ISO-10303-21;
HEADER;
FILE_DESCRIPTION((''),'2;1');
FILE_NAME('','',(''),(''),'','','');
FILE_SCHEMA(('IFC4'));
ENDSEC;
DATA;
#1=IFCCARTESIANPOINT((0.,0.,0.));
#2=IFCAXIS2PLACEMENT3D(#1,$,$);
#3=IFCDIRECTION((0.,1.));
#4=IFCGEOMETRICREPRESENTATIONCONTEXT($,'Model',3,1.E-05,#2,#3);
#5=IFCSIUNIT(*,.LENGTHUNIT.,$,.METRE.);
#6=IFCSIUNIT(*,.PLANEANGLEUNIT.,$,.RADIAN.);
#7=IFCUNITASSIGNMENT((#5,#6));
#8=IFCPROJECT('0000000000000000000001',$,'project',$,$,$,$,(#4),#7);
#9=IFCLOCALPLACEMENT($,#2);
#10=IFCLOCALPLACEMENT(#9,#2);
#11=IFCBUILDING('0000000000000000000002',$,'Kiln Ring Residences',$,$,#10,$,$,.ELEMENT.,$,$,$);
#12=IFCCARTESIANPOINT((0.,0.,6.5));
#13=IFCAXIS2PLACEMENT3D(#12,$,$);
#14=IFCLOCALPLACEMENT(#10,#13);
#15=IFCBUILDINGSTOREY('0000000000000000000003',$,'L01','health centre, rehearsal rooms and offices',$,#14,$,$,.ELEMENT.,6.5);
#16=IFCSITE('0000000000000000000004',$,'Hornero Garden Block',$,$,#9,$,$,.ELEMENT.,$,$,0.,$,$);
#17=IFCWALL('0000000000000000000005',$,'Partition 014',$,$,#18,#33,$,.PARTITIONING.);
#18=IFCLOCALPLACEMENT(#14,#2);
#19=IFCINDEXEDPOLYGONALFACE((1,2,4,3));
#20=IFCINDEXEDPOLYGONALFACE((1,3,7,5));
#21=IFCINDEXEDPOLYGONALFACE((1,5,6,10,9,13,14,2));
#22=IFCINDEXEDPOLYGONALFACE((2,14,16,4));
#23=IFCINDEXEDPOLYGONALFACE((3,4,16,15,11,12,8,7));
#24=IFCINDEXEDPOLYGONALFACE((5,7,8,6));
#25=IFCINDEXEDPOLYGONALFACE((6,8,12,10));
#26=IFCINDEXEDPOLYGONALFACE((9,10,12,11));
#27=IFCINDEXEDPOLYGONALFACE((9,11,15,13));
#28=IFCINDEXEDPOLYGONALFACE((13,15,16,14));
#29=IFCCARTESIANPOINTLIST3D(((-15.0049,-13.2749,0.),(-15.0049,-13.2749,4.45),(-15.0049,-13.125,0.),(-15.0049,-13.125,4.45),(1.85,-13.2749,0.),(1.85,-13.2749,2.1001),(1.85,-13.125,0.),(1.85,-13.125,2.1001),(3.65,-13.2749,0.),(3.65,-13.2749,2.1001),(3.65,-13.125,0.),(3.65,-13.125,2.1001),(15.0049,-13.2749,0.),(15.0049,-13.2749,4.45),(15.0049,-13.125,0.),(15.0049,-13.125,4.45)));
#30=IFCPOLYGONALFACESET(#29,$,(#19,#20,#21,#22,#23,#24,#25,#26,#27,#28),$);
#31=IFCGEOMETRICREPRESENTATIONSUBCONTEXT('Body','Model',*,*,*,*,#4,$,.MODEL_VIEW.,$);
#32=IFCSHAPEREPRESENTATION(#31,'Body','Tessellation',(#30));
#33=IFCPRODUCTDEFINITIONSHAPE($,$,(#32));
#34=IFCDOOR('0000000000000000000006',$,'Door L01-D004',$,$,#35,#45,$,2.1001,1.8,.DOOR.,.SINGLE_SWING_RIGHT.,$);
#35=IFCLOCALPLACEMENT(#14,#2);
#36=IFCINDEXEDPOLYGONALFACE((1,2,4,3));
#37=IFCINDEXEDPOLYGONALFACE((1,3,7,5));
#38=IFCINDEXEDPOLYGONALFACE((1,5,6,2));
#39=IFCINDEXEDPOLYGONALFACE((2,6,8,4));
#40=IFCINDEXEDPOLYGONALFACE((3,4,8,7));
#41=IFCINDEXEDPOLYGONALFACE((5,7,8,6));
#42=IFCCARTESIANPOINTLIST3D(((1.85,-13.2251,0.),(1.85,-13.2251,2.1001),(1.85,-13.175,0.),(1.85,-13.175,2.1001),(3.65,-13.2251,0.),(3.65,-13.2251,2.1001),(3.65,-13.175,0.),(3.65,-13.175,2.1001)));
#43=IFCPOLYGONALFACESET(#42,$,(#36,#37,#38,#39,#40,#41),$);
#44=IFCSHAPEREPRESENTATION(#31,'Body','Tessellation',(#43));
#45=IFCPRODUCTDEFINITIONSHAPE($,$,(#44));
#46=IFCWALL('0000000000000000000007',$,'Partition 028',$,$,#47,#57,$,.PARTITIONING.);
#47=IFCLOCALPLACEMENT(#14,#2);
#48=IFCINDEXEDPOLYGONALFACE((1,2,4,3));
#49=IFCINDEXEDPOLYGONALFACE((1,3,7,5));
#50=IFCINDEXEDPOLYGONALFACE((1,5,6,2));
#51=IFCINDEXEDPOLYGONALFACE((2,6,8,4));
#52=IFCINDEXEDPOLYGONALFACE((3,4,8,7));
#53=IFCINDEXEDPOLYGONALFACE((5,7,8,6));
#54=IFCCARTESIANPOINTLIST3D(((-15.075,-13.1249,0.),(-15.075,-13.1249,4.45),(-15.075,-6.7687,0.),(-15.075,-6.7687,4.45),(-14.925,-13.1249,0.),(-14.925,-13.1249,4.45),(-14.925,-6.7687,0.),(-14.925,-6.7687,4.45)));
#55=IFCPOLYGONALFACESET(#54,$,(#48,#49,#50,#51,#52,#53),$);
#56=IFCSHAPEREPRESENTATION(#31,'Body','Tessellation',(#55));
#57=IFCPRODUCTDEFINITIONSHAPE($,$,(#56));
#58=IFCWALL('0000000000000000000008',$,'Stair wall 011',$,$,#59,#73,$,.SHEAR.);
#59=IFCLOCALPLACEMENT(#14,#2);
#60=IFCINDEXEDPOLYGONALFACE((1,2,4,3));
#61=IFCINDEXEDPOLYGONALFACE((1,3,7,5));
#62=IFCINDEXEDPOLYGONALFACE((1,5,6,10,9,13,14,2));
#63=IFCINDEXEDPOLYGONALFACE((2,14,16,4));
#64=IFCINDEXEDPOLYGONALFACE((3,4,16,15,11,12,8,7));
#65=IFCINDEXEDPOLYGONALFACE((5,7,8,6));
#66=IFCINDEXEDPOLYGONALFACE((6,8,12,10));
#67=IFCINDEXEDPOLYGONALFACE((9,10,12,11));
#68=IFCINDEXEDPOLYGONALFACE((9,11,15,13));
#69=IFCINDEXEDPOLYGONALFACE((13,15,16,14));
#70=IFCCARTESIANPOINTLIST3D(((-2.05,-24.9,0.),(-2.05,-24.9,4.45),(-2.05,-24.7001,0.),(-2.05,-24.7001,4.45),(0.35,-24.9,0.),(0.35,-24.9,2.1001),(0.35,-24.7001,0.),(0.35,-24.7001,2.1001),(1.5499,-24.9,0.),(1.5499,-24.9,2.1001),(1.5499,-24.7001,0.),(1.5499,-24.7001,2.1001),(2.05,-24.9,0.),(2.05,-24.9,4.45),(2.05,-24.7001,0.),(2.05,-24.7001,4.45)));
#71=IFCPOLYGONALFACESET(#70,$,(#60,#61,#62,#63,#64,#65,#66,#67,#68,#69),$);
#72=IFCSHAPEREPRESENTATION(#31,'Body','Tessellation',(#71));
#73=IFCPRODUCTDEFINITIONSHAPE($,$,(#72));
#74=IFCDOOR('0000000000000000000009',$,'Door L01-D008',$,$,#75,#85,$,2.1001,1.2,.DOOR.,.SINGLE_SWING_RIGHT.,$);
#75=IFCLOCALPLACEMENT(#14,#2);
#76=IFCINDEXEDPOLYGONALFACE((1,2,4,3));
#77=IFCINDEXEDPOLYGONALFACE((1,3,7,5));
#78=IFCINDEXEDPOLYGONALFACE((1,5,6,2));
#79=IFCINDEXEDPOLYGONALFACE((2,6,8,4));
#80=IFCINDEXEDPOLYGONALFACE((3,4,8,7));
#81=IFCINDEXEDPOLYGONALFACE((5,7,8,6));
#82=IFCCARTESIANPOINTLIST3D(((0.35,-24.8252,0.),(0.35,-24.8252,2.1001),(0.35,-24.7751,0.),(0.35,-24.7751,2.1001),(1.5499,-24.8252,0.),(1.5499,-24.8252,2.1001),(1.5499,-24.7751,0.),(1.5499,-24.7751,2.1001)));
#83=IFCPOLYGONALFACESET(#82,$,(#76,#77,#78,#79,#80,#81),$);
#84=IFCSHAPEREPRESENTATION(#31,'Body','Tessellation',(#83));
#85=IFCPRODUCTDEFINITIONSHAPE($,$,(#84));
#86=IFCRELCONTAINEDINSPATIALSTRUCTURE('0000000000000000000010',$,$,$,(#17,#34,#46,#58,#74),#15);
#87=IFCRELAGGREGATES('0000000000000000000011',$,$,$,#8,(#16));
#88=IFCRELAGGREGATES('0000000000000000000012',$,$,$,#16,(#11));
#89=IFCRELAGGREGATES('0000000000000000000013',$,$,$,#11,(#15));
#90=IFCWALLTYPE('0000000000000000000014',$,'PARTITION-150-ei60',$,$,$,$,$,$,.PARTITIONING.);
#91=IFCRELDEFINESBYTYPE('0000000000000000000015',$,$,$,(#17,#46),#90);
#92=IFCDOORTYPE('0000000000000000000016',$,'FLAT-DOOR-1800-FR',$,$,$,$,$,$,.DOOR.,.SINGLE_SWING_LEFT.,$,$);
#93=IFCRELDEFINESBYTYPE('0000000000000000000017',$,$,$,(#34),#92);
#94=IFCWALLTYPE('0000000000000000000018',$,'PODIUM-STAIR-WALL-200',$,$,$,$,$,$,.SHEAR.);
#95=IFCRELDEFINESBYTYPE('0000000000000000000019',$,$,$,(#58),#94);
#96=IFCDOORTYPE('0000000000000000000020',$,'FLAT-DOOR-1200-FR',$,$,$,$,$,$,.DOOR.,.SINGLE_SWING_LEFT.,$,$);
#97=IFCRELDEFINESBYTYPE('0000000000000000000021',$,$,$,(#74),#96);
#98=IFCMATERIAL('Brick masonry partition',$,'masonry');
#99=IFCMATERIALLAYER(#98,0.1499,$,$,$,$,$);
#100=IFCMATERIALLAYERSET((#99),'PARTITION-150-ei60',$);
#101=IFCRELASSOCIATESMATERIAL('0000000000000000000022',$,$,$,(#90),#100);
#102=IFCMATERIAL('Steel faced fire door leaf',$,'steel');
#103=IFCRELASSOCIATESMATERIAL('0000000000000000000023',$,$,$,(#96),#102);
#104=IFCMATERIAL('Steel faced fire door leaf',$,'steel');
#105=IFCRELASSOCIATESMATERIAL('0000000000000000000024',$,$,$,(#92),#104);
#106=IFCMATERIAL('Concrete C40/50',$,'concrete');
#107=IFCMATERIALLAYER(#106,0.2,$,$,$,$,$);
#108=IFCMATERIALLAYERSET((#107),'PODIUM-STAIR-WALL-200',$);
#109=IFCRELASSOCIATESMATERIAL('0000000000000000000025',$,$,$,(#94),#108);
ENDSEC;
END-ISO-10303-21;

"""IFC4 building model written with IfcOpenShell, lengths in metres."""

from ifc_helpers import new_model, si_unit, direction, frame, frame_2d, origin, place, context, subcontext, project, spatial, rectangle, extrude, material, layer, layer_set, type_object, element, fill, save


model = new_model("IFC4")

# Units and contexts
model_context = context("Model", 3, precision=1e-05, world=origin(), true_north=direction((0.0, 1.0)))
body_context = subcontext(model_context, "Body", "Model", "MODEL_VIEW")
ifc_project = project(units=[si_unit("LENGTHUNIT", "METRE"), si_unit("PLANEANGLEUNIT", "RADIAN")], contexts=[model_context])

# Site, building, storey
site_placement = place(None, origin())
site = spatial("IfcSite", under=ifc_project, at=site_placement, Name="Hornero Garden Block", CompositionType="ELEMENT", RefElevation=0.0)
building_placement = place(site_placement, origin())
building = spatial("IfcBuilding", under=site, at=building_placement, Name="Kiln Ring Residences", CompositionType="ELEMENT")
storey_placement = place(building_placement, frame((0.0, 0.0, 6.5)))
storey = spatial("IfcBuildingStorey", under=building, at=storey_placement, Name="L01", Description="health centre, rehearsal rooms and offices", CompositionType="ELEMENT", Elevation=6.5)

# Shared definitions
ifc_material_1 = material(Name="Brick masonry partition", Category="masonry")
ifc_layer_1 = layer(ifc_material_1, 0.1499)
ifc_layer_set_1 = layer_set([ifc_layer_1], Name="PARTITION-150-ei60")
wall_type_1 = type_object("IfcWallType", Name="PARTITION-150-ei60", PredefinedType="PARTITIONING", material=ifc_layer_set_1)
ifc_material_2 = material(Name="Steel faced fire door leaf", Category="steel")
door_type_1 = type_object("IfcDoorType", Name="FLAT-DOOR-1200-FR", OperationType="SINGLE_SWING_LEFT", PredefinedType="DOOR", material=ifc_material_2)

# Wall, opening, door
wall_1_placement = place(storey_placement, frame((-15.0049, -13.2, 0.0), z_axis=(0.0, 0.0, 1.0), x_axis=(1.0, 0.0, 0.0)))
wall_1 = element("IfcWall", 1, at=wall_1_placement, inside=storey, type_object=wall_type_1, Name="Partition 014", PredefinedType="PARTITIONING", context=body_context, shape_type="SweptSolid", body=[
    extrude(rectangle(XDim=30.0098, YDim=0.1499, at=frame_2d((15.0049, 0.0))), origin(), (0.0, 0.0, 1.0), 4.45),
])
opening_1_placement = place(wall_1_placement, frame((16.855, 0.0, 0.0)))
opening_1 = element("IfcOpeningElement", 2, at=opening_1_placement, cuts=wall_1, PredefinedType="OPENING", context=body_context, shape_type="SweptSolid", body=[
    extrude(rectangle(XDim=1.8, YDim=2.1001, at=frame_2d((0.8999, 1.05))), frame((0.0, 0.085, 0.0), z_axis=(0.0, -1.0, 0.0), x_axis=(1.0, 0.0, 0.0)), (0.0, 0.0, 1.0), 0.1699),
])
ifc_material_3 = material(Name="Steel faced fire door leaf", Category="steel")
door_type_2 = type_object("IfcDoorType", Name="FLAT-DOOR-1800-FR", OperationType="SINGLE_SWING_LEFT", PredefinedType="DOOR", material=ifc_material_3)
door_1_placement = place(opening_1_placement, origin())
door_1 = element("IfcDoor", 3, at=door_1_placement, inside=storey, type_object=door_type_2, Name="Door L01-D004", OperationType="SINGLE_SWING_RIGHT", OverallHeight=2.1001, OverallWidth=1.8, PredefinedType="DOOR", context=body_context, shape_type="SweptSolid", body=[
    extrude(rectangle(XDim=1.8, YDim=2.1001, at=frame_2d((0.8999, 1.05))), frame((0.0, 0.0249, 0.0), z_axis=(0.0, -1.0, 0.0), x_axis=(1.0, 0.0, 0.0)), (0.0, 0.0, 1.0), 0.05),
])
fill(opening_1, door_1)

# Wall
wall_2_placement = place(storey_placement, frame((-15.0, -13.125, 0.0), z_axis=(0.0, 0.0, 1.0), x_axis=(0.0, 1.0, 0.0)))
element("IfcWall", 4, at=wall_2_placement, inside=storey, type_object=wall_type_1, Name="Partition 028", PredefinedType="PARTITIONING", context=body_context, shape_type="SweptSolid", body=[
    extrude(rectangle(XDim=6.3562, YDim=0.1499, at=frame_2d((3.1782, 0.0))), origin(), (0.0, 0.0, 1.0), 4.45),
])

# Wall, opening, door
ifc_material_4 = material(Name="Concrete C40/50", Category="concrete")
ifc_layer_2 = layer(ifc_material_4, 0.2)
ifc_layer_set_2 = layer_set([ifc_layer_2], Name="PODIUM-STAIR-WALL-200")
wall_type_2 = type_object("IfcWallType", Name="PODIUM-STAIR-WALL-200", PredefinedType="SHEAR", material=ifc_layer_set_2)
wall_3_placement = place(storey_placement, frame((-2.05, -24.8, 0.0), z_axis=(0.0, 0.0, 1.0), x_axis=(1.0, 0.0, 0.0)))
wall_3 = element("IfcWall", 5, at=wall_3_placement, inside=storey, type_object=wall_type_2, Name="Stair wall 011", PredefinedType="SHEAR", context=body_context, shape_type="SweptSolid", body=[
    extrude(rectangle(XDim=4.1001, YDim=0.2, at=frame_2d((2.05, 0.0))), origin(), (0.0, 0.0, 1.0), 4.45),
])
opening_2_placement = place(wall_3_placement, frame((2.3999, 0.0, 0.0)))
opening_2 = element("IfcOpeningElement", 6, at=opening_2_placement, cuts=wall_3, PredefinedType="OPENING", context=body_context, shape_type="SweptSolid", body=[
    extrude(rectangle(XDim=1.2, YDim=2.1001, at=frame_2d((0.6001, 1.05))), frame((0.0, 0.1099, 0.0), z_axis=(0.0, -1.0, 0.0), x_axis=(1.0, 0.0, 0.0)), (0.0, 0.0, 1.0), 0.22),
])
door_2_placement = place(opening_2_placement, origin())
door_2 = element("IfcDoor", 7, at=door_2_placement, inside=storey, type_object=door_type_1, Name="Door L01-D008", OperationType="SINGLE_SWING_RIGHT", OverallHeight=2.1001, OverallWidth=1.2, PredefinedType="DOOR", context=body_context, shape_type="SweptSolid", body=[
    extrude(rectangle(XDim=1.2, YDim=2.1001, at=frame_2d((0.6001, 1.05))), frame((0.0, 0.0249, 0.0), z_axis=(0.0, -1.0, 0.0), x_axis=(1.0, 0.0, 0.0)), (0.0, 0.0, 1.0), 0.05),
])
fill(opening_2, door_2)

save(model, "model.ifc")
